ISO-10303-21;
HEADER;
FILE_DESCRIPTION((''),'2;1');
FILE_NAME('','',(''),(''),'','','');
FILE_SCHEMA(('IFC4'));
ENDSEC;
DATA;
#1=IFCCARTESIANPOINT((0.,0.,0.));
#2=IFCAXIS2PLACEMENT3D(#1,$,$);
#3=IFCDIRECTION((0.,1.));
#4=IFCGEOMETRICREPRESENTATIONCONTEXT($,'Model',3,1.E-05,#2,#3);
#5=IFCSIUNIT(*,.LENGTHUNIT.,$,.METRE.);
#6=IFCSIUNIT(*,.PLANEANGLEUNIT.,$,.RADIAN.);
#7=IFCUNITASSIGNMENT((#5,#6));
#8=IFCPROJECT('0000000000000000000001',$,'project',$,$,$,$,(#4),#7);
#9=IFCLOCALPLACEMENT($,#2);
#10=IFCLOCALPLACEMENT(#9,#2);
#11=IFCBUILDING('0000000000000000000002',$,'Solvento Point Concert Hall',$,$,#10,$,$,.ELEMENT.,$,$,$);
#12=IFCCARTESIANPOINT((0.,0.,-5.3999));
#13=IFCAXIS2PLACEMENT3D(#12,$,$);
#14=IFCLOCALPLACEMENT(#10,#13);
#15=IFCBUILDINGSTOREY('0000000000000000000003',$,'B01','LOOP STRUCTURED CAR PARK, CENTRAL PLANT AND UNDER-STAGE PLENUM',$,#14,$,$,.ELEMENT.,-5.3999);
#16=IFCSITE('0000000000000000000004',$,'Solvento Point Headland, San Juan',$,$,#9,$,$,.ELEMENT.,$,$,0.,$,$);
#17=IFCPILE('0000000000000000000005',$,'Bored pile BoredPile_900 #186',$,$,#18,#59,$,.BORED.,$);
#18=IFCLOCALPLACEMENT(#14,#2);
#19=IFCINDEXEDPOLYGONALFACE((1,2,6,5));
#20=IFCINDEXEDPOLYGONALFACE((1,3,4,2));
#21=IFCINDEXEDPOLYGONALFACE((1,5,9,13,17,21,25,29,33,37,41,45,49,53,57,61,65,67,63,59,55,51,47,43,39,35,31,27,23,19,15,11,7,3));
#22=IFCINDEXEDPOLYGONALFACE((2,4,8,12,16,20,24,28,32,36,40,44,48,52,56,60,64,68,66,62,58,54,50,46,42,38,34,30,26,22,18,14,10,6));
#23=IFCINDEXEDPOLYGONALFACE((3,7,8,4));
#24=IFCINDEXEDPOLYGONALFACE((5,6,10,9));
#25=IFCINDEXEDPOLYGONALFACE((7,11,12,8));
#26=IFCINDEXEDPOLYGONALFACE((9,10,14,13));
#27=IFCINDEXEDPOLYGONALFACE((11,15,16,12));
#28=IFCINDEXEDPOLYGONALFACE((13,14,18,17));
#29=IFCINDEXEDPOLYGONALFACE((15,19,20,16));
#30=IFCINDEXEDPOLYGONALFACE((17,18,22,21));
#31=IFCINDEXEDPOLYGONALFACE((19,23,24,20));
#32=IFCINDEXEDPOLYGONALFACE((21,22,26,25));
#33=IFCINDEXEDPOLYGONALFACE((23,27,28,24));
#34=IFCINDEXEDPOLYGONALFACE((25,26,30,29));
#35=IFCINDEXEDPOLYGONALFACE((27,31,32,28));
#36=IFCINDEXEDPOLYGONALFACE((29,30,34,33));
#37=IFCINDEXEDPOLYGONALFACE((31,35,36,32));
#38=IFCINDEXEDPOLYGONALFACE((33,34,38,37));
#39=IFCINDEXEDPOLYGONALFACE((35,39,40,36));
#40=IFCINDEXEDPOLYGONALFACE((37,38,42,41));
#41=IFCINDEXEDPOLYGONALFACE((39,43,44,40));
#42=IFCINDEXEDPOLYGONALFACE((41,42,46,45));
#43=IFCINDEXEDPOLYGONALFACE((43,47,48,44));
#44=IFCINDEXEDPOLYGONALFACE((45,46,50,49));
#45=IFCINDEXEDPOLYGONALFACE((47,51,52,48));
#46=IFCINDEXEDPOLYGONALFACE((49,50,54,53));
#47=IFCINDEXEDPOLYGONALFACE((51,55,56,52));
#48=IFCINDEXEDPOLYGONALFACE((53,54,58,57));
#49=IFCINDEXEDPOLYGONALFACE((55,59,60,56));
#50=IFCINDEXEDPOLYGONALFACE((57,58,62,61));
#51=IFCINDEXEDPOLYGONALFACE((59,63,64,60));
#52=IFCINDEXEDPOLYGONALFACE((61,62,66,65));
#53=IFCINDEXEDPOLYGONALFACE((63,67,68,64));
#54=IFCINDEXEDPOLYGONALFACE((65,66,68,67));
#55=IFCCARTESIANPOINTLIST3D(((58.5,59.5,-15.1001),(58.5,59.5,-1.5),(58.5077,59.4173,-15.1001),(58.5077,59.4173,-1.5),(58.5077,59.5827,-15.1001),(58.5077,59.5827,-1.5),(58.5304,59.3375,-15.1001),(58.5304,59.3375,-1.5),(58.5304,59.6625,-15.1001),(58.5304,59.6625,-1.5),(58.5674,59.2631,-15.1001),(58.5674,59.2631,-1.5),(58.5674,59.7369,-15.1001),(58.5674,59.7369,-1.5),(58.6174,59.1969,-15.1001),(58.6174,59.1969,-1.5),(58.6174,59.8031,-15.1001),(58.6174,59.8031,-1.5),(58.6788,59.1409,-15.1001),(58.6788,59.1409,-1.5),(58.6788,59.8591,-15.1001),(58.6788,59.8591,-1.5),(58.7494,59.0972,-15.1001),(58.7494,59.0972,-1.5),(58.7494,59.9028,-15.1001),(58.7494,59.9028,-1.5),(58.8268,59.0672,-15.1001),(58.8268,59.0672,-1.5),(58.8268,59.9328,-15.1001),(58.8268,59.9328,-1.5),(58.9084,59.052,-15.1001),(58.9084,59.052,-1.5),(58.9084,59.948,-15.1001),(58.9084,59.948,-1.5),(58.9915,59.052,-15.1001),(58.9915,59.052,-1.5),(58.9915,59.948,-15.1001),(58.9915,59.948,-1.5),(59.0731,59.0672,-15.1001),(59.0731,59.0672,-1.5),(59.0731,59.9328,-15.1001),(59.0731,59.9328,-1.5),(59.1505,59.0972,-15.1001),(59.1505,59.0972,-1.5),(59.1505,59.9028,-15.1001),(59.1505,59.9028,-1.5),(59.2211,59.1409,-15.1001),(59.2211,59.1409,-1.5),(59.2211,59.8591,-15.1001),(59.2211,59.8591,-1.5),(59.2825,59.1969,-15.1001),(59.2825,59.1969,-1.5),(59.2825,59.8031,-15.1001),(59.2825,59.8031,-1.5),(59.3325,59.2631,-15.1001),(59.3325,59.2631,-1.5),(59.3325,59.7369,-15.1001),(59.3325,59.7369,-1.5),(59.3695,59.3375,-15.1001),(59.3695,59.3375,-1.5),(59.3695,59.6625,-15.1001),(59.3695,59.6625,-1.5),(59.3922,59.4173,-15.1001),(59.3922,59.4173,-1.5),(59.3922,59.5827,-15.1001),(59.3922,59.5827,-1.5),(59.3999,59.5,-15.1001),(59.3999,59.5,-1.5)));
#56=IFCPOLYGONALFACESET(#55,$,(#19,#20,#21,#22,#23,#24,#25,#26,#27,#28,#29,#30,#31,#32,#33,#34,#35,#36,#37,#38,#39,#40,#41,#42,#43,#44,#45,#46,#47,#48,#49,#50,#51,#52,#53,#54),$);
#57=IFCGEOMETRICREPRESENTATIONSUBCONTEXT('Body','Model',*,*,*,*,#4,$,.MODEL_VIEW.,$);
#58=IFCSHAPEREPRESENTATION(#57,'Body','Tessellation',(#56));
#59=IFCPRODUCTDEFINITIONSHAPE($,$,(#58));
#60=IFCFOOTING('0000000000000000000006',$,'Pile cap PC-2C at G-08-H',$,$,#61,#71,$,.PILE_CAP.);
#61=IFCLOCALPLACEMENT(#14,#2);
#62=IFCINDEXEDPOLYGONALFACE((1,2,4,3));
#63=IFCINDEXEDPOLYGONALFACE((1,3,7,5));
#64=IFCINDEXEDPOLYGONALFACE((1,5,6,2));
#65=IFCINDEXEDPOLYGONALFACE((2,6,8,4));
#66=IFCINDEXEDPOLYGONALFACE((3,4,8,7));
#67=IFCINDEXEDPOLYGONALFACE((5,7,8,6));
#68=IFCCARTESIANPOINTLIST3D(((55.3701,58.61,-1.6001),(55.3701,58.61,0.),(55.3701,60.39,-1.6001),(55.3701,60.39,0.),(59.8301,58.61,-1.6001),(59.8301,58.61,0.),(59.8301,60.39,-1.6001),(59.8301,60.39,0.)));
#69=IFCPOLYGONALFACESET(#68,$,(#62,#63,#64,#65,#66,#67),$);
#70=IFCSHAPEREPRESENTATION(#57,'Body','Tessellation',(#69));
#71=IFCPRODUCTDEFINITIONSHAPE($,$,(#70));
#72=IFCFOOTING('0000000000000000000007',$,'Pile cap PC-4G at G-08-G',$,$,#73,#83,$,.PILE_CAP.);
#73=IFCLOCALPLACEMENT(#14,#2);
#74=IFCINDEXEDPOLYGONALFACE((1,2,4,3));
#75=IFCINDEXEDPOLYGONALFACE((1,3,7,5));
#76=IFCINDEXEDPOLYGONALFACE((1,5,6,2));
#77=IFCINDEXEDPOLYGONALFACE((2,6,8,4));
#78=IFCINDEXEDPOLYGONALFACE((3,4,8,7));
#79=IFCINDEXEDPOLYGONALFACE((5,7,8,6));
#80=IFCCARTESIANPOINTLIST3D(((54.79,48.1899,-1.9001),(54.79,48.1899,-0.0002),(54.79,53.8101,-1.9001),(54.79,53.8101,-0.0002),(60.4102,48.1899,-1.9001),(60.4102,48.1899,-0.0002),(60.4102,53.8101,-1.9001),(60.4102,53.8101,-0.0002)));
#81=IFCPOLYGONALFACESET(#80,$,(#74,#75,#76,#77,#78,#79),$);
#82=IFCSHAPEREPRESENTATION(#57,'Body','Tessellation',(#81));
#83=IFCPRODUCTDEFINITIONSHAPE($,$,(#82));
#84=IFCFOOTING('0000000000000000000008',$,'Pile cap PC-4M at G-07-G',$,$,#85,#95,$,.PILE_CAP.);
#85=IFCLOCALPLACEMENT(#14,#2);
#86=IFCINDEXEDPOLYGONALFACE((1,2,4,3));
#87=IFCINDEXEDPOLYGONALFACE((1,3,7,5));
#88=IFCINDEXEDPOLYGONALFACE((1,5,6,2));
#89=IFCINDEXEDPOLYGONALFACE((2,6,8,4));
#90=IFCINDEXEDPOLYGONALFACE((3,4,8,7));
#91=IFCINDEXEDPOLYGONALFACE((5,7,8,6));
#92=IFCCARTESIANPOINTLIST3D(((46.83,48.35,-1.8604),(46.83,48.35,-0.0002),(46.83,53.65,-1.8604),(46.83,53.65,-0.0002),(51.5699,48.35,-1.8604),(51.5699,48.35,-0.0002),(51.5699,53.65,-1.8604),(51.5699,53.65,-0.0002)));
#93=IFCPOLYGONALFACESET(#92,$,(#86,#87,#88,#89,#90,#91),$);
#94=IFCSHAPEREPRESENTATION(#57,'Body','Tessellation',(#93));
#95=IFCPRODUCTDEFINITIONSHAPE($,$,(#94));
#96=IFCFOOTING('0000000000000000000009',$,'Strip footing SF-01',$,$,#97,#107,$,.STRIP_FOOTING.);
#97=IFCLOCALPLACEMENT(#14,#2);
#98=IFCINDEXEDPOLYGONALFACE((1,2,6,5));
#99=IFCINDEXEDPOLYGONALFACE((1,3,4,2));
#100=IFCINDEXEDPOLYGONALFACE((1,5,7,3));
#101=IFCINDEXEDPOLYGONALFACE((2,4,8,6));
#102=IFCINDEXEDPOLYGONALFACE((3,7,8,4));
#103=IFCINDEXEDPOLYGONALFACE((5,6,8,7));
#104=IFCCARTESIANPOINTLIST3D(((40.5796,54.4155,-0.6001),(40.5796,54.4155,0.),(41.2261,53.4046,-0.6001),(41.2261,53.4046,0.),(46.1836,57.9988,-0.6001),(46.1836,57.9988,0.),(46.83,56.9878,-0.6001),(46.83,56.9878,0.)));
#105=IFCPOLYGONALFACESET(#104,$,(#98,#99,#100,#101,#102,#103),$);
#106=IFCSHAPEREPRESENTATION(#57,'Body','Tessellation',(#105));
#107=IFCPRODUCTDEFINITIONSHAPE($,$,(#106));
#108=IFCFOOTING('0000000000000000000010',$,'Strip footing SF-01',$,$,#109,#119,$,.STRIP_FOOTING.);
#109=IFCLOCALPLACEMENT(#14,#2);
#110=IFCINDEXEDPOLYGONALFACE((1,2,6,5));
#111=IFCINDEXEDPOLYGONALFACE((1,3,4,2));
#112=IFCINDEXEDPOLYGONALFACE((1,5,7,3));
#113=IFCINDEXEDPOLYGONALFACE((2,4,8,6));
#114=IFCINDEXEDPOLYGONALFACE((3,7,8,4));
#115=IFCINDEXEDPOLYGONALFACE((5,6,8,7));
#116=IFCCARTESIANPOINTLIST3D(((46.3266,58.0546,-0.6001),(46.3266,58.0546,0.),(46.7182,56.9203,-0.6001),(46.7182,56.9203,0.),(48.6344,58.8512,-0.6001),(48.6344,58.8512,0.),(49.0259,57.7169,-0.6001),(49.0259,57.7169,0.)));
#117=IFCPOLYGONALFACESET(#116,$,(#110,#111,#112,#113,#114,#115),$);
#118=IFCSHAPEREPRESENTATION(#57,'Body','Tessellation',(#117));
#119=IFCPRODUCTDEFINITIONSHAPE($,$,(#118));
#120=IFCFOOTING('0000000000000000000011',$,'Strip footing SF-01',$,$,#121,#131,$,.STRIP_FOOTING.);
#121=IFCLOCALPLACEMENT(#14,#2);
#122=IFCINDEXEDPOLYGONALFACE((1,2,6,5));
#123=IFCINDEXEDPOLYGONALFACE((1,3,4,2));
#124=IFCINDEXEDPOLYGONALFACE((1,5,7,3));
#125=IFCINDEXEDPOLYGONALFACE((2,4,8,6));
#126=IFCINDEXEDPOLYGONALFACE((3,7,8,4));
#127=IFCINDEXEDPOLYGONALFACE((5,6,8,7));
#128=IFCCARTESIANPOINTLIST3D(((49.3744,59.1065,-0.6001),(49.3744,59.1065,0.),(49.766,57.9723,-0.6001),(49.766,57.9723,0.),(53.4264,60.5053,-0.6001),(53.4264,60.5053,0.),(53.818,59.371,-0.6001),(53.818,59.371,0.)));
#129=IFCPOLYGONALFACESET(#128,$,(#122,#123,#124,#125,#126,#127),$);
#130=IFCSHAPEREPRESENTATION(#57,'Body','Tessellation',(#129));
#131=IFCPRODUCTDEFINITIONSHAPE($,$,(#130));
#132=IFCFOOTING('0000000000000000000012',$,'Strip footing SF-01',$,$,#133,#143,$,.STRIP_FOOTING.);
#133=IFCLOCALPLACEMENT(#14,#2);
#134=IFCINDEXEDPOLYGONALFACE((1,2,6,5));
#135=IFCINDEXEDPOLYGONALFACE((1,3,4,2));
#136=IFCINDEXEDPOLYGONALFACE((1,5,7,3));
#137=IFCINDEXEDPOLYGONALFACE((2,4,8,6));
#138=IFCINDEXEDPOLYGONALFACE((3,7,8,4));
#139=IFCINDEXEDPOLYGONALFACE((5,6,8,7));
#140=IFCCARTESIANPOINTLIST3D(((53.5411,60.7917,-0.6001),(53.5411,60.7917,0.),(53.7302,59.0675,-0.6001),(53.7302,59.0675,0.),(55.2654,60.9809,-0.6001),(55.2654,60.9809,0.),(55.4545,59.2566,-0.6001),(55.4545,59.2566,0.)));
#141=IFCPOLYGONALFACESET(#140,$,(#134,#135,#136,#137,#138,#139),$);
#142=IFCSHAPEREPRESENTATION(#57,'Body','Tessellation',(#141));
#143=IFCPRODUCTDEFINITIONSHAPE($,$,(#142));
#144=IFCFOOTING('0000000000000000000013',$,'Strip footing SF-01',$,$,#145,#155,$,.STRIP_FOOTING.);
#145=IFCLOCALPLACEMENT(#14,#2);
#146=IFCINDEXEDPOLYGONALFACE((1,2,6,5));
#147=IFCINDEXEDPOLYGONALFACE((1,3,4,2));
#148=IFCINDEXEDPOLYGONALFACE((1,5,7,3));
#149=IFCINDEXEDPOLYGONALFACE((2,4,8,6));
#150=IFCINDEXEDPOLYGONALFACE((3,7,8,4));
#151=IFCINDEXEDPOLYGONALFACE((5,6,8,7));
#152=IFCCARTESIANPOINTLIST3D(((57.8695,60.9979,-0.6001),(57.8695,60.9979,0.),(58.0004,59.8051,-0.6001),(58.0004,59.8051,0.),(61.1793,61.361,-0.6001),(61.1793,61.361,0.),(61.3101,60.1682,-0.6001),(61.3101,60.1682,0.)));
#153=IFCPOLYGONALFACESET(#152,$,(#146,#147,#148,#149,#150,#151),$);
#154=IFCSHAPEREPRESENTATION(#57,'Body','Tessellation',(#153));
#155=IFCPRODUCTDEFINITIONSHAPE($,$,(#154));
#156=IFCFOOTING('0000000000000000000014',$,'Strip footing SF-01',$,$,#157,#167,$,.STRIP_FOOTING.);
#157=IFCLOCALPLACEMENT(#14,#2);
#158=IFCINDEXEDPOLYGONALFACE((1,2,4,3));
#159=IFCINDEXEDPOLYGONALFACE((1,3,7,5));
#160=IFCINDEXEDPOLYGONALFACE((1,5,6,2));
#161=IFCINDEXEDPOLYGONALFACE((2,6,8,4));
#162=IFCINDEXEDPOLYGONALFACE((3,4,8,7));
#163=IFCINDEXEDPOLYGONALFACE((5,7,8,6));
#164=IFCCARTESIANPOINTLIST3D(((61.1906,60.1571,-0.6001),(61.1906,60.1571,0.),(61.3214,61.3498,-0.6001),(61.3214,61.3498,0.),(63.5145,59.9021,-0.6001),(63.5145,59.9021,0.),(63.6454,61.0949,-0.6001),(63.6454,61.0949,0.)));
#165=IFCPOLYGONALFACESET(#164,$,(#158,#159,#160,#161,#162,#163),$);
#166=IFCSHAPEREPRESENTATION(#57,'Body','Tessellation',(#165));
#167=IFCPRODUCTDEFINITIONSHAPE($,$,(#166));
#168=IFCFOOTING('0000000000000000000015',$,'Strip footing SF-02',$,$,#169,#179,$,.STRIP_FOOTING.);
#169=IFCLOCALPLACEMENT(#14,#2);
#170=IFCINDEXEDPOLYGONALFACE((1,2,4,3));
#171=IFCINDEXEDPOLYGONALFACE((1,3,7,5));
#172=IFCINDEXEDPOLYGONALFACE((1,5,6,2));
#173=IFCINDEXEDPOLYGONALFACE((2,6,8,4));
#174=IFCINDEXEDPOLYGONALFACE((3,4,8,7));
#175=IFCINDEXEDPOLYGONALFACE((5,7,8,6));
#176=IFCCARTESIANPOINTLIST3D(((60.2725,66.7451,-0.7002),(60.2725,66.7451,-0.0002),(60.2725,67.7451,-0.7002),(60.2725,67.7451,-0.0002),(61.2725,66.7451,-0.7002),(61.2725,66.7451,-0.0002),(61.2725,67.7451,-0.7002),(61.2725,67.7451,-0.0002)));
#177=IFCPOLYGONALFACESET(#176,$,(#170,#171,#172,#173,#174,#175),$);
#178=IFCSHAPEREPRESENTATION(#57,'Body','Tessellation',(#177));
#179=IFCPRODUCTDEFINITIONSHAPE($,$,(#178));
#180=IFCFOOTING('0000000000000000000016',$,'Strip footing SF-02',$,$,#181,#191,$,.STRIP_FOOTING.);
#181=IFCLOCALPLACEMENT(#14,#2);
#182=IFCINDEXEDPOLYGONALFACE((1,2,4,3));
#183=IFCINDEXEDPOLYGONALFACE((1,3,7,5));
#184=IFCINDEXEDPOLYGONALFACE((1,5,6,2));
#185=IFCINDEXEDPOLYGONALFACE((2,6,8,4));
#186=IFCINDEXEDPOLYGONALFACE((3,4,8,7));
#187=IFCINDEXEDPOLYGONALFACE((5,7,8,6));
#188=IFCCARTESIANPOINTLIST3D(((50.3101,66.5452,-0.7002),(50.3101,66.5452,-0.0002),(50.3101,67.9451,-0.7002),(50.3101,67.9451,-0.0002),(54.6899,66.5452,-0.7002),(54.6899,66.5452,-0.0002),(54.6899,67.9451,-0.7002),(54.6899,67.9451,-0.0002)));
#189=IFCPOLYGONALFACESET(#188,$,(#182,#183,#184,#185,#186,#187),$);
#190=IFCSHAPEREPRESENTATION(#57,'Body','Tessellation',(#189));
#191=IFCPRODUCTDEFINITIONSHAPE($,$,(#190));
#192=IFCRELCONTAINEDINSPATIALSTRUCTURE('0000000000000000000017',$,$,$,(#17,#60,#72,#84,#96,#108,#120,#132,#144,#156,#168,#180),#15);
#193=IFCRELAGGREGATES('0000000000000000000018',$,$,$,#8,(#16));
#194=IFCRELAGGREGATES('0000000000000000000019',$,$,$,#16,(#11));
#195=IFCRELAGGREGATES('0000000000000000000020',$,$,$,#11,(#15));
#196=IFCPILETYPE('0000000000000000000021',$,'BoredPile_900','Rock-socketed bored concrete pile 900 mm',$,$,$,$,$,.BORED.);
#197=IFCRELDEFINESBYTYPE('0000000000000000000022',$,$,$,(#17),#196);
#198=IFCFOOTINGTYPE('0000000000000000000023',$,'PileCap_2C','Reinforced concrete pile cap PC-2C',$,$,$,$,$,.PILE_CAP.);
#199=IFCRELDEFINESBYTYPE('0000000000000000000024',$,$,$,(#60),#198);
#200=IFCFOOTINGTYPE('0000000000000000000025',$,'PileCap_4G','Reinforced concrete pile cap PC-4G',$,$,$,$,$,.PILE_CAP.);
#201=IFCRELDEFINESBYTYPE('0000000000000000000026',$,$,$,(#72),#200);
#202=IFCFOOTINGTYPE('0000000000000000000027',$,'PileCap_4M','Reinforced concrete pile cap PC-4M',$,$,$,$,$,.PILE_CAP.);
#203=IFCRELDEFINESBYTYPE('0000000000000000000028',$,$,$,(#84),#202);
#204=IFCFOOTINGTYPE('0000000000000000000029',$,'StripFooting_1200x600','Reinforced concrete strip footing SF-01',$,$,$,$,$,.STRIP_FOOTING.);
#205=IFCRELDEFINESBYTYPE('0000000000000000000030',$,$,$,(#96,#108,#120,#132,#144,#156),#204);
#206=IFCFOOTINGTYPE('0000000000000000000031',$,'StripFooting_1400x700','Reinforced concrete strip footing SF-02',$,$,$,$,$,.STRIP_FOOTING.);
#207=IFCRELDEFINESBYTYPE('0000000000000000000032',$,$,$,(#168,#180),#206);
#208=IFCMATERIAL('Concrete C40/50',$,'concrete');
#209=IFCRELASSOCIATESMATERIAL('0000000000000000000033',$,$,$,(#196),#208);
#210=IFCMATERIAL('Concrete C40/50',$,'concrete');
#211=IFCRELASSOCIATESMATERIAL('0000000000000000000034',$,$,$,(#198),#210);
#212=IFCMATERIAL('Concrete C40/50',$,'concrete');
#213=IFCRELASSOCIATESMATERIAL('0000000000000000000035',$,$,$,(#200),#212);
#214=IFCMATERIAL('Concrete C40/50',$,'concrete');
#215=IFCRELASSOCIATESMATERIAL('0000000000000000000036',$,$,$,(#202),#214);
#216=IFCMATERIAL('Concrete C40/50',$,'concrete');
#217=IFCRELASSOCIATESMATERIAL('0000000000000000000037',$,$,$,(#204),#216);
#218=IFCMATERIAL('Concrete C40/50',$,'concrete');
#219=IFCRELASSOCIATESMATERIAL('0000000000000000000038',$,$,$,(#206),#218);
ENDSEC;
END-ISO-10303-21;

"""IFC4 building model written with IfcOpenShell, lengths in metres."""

from ifc_helpers import new_model, si_unit, direction, frame, origin, origin_2d, place, context, subcontext, project, spatial, rectangle, circle, extrude, material, material_profile, profile_set, type_object, element, save


model = new_model("IFC4")

# Units and contexts
model_context = context("Model", 3, precision=1e-05, world=origin(), true_north=direction((0.0, 1.0)))
body_context = subcontext(model_context, "Body", "Model", "MODEL_VIEW")
ifc_project = project(units=[si_unit("LENGTHUNIT", "METRE"), si_unit("PLANEANGLEUNIT", "RADIAN")], contexts=[model_context])

# Site, building, storey
site_placement = place(None, origin())
site = spatial("IfcSite", under=ifc_project, at=site_placement, Name="Solvento Point Headland, San Juan", CompositionType="ELEMENT", RefElevation=0.0)
building_placement = place(site_placement, origin())
building = spatial("IfcBuilding", under=site, at=building_placement, Name="Solvento Point Concert Hall", CompositionType="ELEMENT")
storey_placement = place(building_placement, frame((0.0, 0.0, -5.3999)))
storey = spatial("IfcBuildingStorey", under=building, at=storey_placement, Name="B01", Description="LOOP STRUCTURED CAR PARK, CENTRAL PLANT AND UNDER-STAGE PLENUM", CompositionType="ELEMENT", Elevation=-5.3999)

# Pile
ifc_material_1 = material(Name="Concrete C40/50", Category="concrete")
ifc_material_profile_1 = material_profile(ifc_material_1, circle(Radius=0.45, at=origin_2d()), Name="BP-900")
ifc_profile_set_1 = profile_set([ifc_material_profile_1], Name="Concrete C40/50")
pile_type_1 = type_object("IfcPileType", Name="BoredPile_900", Description="Rock-socketed bored concrete pile 900 mm", PredefinedType="BORED", material=ifc_profile_set_1)
for number, where, z_axis, x_axis, name in (
    (1, (58.95, 59.5, -1.5), (0.0, 0.0, -1.0), (1.0, 0.0, 0.0), "Bored pile BoredPile_900 #186"),
):
    element("IfcPile", number, at=place(storey_placement, frame(where, z_axis=z_axis, x_axis=x_axis)), inside=storey, type_object=pile_type_1, Name=name, PredefinedType="BORED", context=body_context, shape_type="SweptSolid", body=[
        extrude(circle(Radius=0.45, at=origin_2d()), origin(), (0.0, 0.0, 1.0), 13.6001),
    ])

# Footings
ifc_material_2 = material(Name="Concrete C40/50", Category="concrete")
footing_type_1 = type_object("IfcFootingType", Name="PileCap_2C", Description="Reinforced concrete pile cap PC-2C", PredefinedType="PILE_CAP", material=ifc_material_2)
footing_1_placement = place(storey_placement, frame((57.6001, 59.5, -1.6001), z_axis=(0.0, 0.0, 1.0), x_axis=(1.0, 0.0, 0.0)))
element("IfcFooting", 2, at=footing_1_placement, inside=storey, type_object=footing_type_1, Name="Pile cap PC-2C at G-08-H", PredefinedType="PILE_CAP", context=body_context, shape_type="SweptSolid", body=[
    extrude(rectangle(XDim=4.46, YDim=1.78, at=origin_2d()), origin(), (0.0, 0.0, 1.0), 1.6001),
])
ifc_material_3 = material(Name="Concrete C40/50", Category="concrete")
footing_type_2 = type_object("IfcFootingType", Name="PileCap_4G", Description="Reinforced concrete pile cap PC-4G", PredefinedType="PILE_CAP", material=ifc_material_3)
footing_2_placement = place(storey_placement, frame((57.6001, 51.0, -1.9001), z_axis=(0.0, 0.0, 1.0), x_axis=(1.0, 0.0, 0.0)))
element("IfcFooting", 3, at=footing_2_placement, inside=storey, type_object=footing_type_2, Name="Pile cap PC-4G at G-08-G", PredefinedType="PILE_CAP", context=body_context, shape_type="SweptSolid", body=[
    extrude(rectangle(XDim=5.6201, YDim=5.6201, at=origin_2d()), origin(), (0.0, 0.0, 1.0), 1.8999),
])
ifc_material_4 = material(Name="Concrete C40/50", Category="concrete")
footing_type_3 = type_object("IfcFootingType", Name="PileCap_4M", Description="Reinforced concrete pile cap PC-4M", PredefinedType="PILE_CAP", material=ifc_material_4)
footing_3_placement = place(storey_placement, frame((49.2, 51.0, -1.8604), z_axis=(0.0, 0.0, 1.0), x_axis=(1.0, 0.0, 0.0)))
element("IfcFooting", 4, at=footing_3_placement, inside=storey, type_object=footing_type_3, Name="Pile cap PC-4M at G-07-G", PredefinedType="PILE_CAP", context=body_context, shape_type="SweptSolid", body=[
    extrude(rectangle(XDim=4.74, YDim=5.3, at=origin_2d()), origin(), (0.0, 0.0, 1.0), 1.8601),
])
ifc_material_5 = material(Name="Concrete C40/50", Category="concrete")
footing_type_4 = type_object("IfcFootingType", Name="StripFooting_1200x600", Description="Reinforced concrete strip footing SF-01", PredefinedType="STRIP_FOOTING", material=ifc_material_5)
footing_4_placement = place(storey_placement, frame((43.7048, 55.7017, -0.6001), z_axis=(0.0, 0.0, 1.0), x_axis=(0.842496, 0.538703, 0.0)))
element("IfcFooting", 5, at=footing_4_placement, inside=storey, type_object=footing_type_4, Name="Strip footing SF-01", PredefinedType="STRIP_FOOTING", context=body_context, shape_type="SweptSolid", body=[
    extrude(rectangle(XDim=6.6516, YDim=1.2, at=origin_2d()), origin(), (0.0, 0.0, 1.0), 0.6001),
])
footing_5_placement = place(storey_placement, frame((47.6763, 57.8857, -0.6001), z_axis=(0.0, 0.0, 1.0), x_axis=(0.945267, 0.326299, 0.0)))
element("IfcFooting", 6, at=footing_5_placement, inside=storey, type_object=footing_type_4, Name="Strip footing SF-01", PredefinedType="STRIP_FOOTING", context=body_context, shape_type="SweptSolid", body=[
    extrude(rectangle(XDim=2.4414, YDim=1.2, at=origin_2d()), origin(), (0.0, 0.0, 1.0), 0.6001),
])
footing_6_placement = place(storey_placement, frame((51.5962, 59.2388, -0.6001), z_axis=(0.0, 0.0, 1.0), x_axis=(0.945267, 0.326299, 0.0)))
element("IfcFooting", 7, at=footing_6_placement, inside=storey, type_object=footing_type_4, Name="Strip footing SF-01", PredefinedType="STRIP_FOOTING", context=body_context, shape_type="SweptSolid", body=[
    extrude(rectangle(XDim=4.2866, YDim=1.2, at=origin_2d()), origin(), (0.0, 0.0, 1.0), 0.6001),
])
footing_7_placement = place(storey_placement, frame((54.4978, 60.0242, -0.6001), z_axis=(0.0, 0.0, 1.0), x_axis=(0.994036, 0.109051, 0.0)))
element("IfcFooting", 8, at=footing_7_placement, inside=storey, type_object=footing_type_4, Name="Strip footing SF-01", PredefinedType="STRIP_FOOTING", context=body_context, shape_type="SweptSolid", body=[
    extrude(rectangle(XDim=1.7346, YDim=1.7346, at=origin_2d()), origin(), (0.0, 0.0, 1.0), 0.6001),
])
footing_8_placement = place(storey_placement, frame((59.5898, 60.583, -0.6001), z_axis=(0.0, 0.0, 1.0), x_axis=(0.994036, 0.109051, 0.0)))
element("IfcFooting", 9, at=footing_8_placement, inside=storey, type_object=footing_type_4, Name="Strip footing SF-01", PredefinedType="STRIP_FOOTING", context=body_context, shape_type="SweptSolid", body=[
    extrude(rectangle(XDim=3.3296, YDim=1.2, at=origin_2d()), origin(), (0.0, 0.0, 1.0), 0.6001),
])
footing_9_placement = place(storey_placement, frame((62.418, 60.626, -0.6001), z_axis=(0.0, 0.0, 1.0), x_axis=(0.994036, -0.109051, 0.0)))
element("IfcFooting", 10, at=footing_9_placement, inside=storey, type_object=footing_type_4, Name="Strip footing SF-01", PredefinedType="STRIP_FOOTING", context=body_context, shape_type="SweptSolid", body=[
    extrude(rectangle(XDim=2.3379, YDim=1.2, at=origin_2d()), origin(), (0.0, 0.0, 1.0), 0.6001),
])
ifc_material_6 = material(Name="Concrete C40/50", Category="concrete")
footing_type_5 = type_object("IfcFootingType", Name="StripFooting_1400x700", Description="Reinforced concrete strip footing SF-02", PredefinedType="STRIP_FOOTING", material=ifc_material_6)
footing_10_placement = place(storey_placement, frame((60.7725, 67.2451, -0.7002), z_axis=(0.0, 0.0, 1.0), x_axis=(-1.0, 0.0, 0.0)))
element("IfcFooting", 11, at=footing_10_placement, inside=storey, type_object=footing_type_5, Name="Strip footing SF-02", PredefinedType="STRIP_FOOTING", context=body_context, shape_type="SweptSolid", body=[
    extrude(rectangle(XDim=1.0, YDim=1.0, at=origin_2d()), origin(), (0.0, 0.0, 1.0), 0.7),
])
footing_11_placement = place(storey_placement, frame((52.5, 67.2451, -0.7002), z_axis=(0.0, 0.0, 1.0), x_axis=(-1.0, 0.0, 0.0)))
element("IfcFooting", 12, at=footing_11_placement, inside=storey, type_object=footing_type_5, Name="Strip footing SF-02", PredefinedType="STRIP_FOOTING", context=body_context, shape_type="SweptSolid", body=[
    extrude(rectangle(XDim=4.3799, YDim=1.3999, at=origin_2d()), origin(), (0.0, 0.0, 1.0), 0.7),
])

save(model, "model.ifc")
